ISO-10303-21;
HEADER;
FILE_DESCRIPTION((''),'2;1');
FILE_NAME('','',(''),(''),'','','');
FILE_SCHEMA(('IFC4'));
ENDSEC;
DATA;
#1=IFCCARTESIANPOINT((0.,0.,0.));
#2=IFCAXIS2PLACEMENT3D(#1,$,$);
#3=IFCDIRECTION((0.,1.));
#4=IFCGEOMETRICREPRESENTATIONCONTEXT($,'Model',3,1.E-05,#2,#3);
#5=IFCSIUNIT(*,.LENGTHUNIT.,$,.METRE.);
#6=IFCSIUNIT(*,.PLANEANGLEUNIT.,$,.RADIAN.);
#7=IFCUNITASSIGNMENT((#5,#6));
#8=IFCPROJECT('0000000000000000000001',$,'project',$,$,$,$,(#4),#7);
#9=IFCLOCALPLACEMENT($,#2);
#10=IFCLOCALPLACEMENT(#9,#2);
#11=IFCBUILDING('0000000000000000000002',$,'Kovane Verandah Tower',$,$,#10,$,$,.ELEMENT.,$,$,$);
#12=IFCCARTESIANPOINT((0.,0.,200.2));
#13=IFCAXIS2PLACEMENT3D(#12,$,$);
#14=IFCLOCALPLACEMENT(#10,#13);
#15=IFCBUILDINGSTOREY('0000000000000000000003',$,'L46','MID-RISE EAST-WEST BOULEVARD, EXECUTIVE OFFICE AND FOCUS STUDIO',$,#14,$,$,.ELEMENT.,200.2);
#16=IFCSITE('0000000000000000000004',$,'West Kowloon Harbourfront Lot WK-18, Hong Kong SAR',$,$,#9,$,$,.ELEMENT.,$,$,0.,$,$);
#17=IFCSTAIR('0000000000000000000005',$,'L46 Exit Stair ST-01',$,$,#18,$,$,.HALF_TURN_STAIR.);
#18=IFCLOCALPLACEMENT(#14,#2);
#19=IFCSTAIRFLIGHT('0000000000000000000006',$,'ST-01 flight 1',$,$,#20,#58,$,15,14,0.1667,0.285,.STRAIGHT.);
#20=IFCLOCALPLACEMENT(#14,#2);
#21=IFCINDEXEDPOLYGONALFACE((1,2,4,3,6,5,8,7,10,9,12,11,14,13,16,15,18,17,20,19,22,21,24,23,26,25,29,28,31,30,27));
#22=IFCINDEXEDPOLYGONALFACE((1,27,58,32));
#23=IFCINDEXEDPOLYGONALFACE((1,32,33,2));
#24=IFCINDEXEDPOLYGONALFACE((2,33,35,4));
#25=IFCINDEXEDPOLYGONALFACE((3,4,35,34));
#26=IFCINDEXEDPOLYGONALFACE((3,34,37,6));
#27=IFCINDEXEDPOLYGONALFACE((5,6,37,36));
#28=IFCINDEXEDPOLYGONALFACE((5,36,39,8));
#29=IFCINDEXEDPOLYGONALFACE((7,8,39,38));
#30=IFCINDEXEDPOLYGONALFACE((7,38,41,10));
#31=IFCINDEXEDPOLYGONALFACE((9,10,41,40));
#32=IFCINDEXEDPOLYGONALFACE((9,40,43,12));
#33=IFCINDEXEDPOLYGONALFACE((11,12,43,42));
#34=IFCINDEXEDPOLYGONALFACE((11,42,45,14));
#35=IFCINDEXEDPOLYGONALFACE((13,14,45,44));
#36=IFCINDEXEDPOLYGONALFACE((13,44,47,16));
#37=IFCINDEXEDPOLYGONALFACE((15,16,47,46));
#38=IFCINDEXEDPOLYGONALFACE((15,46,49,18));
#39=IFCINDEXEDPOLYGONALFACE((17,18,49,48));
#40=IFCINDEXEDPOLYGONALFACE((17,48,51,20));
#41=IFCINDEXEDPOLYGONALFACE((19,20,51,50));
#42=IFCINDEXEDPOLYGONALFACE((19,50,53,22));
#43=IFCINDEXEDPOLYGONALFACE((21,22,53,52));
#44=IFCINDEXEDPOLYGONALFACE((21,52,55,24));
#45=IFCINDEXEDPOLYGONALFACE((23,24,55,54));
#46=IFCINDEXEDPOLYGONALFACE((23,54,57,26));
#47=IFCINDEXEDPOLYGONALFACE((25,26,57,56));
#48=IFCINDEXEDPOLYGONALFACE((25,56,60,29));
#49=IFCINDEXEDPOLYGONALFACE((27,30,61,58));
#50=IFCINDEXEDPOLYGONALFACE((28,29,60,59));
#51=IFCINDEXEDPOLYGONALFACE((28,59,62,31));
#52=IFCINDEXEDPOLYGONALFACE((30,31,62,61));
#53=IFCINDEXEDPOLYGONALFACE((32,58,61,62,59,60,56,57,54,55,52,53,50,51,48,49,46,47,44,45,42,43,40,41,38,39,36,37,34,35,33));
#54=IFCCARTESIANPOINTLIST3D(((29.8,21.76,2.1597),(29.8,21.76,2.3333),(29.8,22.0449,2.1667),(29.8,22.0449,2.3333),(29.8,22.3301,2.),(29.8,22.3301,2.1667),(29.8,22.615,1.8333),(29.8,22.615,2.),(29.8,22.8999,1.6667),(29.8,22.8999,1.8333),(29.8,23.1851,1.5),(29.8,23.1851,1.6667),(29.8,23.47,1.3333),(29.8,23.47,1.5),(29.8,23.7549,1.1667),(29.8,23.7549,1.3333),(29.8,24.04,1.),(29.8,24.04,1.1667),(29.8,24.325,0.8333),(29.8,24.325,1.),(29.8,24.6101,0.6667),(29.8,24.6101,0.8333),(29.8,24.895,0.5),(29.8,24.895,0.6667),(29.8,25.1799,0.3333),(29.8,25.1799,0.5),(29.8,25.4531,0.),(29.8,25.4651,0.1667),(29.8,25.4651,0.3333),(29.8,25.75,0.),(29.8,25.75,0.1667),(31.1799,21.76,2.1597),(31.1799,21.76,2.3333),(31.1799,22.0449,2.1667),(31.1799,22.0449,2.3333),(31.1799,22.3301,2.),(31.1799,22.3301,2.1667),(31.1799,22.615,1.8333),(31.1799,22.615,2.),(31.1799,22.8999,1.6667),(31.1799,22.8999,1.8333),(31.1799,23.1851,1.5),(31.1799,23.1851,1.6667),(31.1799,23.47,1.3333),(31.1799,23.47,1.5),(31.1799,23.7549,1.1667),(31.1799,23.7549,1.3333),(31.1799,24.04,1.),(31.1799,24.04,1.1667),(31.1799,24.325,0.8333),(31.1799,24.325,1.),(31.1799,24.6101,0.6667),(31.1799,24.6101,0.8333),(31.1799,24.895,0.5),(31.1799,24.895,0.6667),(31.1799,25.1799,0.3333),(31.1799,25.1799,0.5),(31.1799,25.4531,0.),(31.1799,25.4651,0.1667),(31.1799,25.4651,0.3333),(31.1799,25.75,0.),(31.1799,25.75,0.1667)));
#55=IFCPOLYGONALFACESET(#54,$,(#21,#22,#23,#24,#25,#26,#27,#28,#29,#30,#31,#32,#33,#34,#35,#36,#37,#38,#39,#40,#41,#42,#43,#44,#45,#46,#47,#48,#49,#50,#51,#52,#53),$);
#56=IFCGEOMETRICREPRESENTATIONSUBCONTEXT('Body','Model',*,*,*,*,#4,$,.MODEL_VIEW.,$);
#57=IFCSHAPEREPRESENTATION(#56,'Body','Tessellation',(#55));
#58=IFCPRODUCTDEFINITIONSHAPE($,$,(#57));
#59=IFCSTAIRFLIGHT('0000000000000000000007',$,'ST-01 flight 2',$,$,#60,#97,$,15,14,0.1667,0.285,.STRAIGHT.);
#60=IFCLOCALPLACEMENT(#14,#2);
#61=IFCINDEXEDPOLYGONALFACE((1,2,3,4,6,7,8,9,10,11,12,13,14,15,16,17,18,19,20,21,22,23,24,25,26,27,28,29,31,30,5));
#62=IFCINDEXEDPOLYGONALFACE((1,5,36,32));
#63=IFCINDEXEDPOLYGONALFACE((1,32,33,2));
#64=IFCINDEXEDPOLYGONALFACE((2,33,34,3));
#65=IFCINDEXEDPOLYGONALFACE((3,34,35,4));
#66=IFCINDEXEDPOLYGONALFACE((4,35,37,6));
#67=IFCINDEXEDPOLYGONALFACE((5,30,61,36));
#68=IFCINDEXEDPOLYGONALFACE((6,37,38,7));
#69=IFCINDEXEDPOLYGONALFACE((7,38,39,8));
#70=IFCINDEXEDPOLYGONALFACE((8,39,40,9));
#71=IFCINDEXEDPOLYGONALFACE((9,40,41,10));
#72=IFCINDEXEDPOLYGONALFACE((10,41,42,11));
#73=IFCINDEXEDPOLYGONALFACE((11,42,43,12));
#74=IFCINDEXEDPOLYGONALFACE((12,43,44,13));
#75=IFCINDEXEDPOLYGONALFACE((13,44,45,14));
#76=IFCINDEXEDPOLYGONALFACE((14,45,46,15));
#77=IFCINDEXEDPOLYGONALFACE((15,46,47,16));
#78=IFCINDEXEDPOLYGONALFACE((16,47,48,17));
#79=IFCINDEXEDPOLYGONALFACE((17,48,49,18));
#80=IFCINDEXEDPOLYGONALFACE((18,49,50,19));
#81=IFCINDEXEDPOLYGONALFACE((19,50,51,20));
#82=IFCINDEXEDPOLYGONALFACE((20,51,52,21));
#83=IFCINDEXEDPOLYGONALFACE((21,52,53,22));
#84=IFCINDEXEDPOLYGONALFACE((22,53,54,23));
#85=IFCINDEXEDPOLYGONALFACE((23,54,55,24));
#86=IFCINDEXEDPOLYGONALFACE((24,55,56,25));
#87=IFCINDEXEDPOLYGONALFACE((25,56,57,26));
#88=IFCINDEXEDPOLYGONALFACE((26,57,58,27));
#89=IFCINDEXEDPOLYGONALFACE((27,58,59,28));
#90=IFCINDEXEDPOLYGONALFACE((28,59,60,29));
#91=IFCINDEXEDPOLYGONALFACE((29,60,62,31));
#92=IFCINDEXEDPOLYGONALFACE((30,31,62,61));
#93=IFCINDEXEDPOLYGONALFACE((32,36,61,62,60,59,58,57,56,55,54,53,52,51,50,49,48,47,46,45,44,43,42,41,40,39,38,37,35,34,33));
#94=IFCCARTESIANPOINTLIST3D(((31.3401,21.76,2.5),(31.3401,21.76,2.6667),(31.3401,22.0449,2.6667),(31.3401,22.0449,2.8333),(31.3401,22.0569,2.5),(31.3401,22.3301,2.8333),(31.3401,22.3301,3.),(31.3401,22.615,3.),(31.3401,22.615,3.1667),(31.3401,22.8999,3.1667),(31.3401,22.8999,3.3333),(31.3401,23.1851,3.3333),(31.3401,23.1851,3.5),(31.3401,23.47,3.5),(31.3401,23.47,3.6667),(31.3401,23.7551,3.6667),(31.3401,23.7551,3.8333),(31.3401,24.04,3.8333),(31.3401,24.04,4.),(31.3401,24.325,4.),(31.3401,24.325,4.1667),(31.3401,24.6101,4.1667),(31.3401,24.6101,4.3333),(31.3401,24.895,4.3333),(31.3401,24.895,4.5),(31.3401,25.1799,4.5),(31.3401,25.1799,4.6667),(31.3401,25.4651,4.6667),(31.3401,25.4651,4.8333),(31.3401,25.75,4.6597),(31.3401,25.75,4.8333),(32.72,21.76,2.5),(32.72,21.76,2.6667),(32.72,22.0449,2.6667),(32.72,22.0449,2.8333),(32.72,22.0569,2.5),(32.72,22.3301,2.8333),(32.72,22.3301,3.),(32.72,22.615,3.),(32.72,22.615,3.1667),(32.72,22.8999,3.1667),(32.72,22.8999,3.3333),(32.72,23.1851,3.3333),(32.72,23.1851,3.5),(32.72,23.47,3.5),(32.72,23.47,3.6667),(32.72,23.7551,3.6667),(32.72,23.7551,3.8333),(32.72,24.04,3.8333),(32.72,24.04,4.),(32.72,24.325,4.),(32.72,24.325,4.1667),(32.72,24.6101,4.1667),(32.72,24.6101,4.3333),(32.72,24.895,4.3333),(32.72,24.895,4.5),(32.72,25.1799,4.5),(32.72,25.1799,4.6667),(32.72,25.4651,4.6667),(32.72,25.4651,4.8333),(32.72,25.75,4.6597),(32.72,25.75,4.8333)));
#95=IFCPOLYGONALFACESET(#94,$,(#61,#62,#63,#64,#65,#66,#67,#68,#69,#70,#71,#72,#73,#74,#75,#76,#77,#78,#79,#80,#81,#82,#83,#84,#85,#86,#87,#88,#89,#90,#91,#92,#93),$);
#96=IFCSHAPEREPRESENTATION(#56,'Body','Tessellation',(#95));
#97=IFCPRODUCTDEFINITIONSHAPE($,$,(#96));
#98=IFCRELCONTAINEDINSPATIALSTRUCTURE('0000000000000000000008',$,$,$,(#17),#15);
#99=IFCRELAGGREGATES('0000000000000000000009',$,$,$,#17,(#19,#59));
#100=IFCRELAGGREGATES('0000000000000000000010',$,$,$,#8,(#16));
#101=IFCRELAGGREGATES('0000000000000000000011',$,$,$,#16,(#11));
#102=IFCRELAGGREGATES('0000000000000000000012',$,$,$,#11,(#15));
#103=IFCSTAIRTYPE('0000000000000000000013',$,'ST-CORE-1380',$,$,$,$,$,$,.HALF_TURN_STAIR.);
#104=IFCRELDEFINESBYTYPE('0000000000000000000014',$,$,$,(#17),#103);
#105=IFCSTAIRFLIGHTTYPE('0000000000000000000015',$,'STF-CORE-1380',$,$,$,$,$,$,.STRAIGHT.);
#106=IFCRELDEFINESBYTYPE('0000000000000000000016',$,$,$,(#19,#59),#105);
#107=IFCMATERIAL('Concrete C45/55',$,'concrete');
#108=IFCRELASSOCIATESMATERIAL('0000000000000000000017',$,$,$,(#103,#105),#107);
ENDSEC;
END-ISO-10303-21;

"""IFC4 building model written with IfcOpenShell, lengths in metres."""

from ifc_helpers import new_model, si_unit, direction, frame, origin, place, context, subcontext, project, spatial, polyline, outline, extrude, material, type_object, element, aggregate, save


model = new_model("IFC4")

# Units and contexts
model_context = context("Model", 3, precision=1e-05, world=origin(), true_north=direction((0.0, 1.0)))
body_context = subcontext(model_context, "Body", "Model", "MODEL_VIEW")
ifc_project = project(units=[si_unit("LENGTHUNIT", "METRE"), si_unit("PLANEANGLEUNIT", "RADIAN")], contexts=[model_context])

# Site, building, storey
site_placement = place(None, origin())
site = spatial("IfcSite", under=ifc_project, at=site_placement, Name="West Kowloon Harbourfront Lot WK-18, Hong Kong SAR", CompositionType="ELEMENT", RefElevation=0.0)
building_placement = place(site_placement, origin())
building = spatial("IfcBuilding", under=site, at=building_placement, Name="Kovane Verandah Tower", CompositionType="ELEMENT")
storey_placement = place(building_placement, frame((0.0, 0.0, 200.2)))
storey = spatial("IfcBuildingStorey", under=building, at=storey_placement, Name="L46", Description="MID-RISE EAST-WEST BOULEVARD, EXECUTIVE OFFICE AND FOCUS STUDIO", CompositionType="ELEMENT", Elevation=200.2)

# Shared definitions
ifc_material_1 = material(Name="Concrete C45/55", Category="concrete")

# Stair, stair flights
stair_type = type_object("IfcStairType", Name="ST-CORE-1380", PredefinedType="HALF_TURN_STAIR", material=ifc_material_1)
stair_placement = place(storey_placement, origin())
stair = element("IfcStair", 1, at=stair_placement, inside=storey, type_object=stair_type, Name="L46 Exit Stair ST-01", PredefinedType="HALF_TURN_STAIR")
stair_flight_type = type_object("IfcStairFlightType", Name="STF-CORE-1380", PredefinedType="STRAIGHT", material=ifc_material_1)
stair_flight_1_placement = place(storey_placement, frame((30.49, 25.75, 0.0), z_axis=(0.0, 0.0, 1.0), x_axis=(0.0, -1.0, 0.0)))
stair_flight_1 = element("IfcStairFlight", 2, at=stair_flight_1_placement, type_object=stair_flight_type, Name="ST-01 flight 1", NumberOfRisers=15, NumberOfTreads=14, PredefinedType="STRAIGHT", RiserHeight=0.1667, TreadLength=0.285, context=body_context, shape_type="SweptSolid", body=[
    extrude(outline(polyline([(0.0, 0.0), (0.0, 0.1667), (0.2849, 0.1667), (0.2849, 0.3333), (0.5701, 0.3333), (0.5701, 0.5), (0.855, 0.5), (0.855, 0.6667), (1.1399, 0.6667), (1.1399, 0.8333), (1.425, 0.8333), (1.425, 1.0), (1.71, 1.0), (1.71, 1.1667), (1.9951, 1.1667), (1.9951, 1.3333), (2.28, 1.3333), (2.28, 1.5), (2.5649, 1.5), (2.5649, 1.6667), (2.8501, 1.6667), (2.8501, 1.8333), (3.135, 1.8333), (3.135, 2.0), (3.4199, 2.0), (3.4199, 2.1667), (3.7051, 2.1667), (3.7051, 2.3333), (3.99, 2.3333), (3.99, 2.5), (3.99, 2.1597), (0.2969, 0.0), (0.0, 0.0)])), frame((0.0, 0.6899, 0.0), z_axis=(0.0, -1.0, 0.0), x_axis=(1.0, 0.0, 0.0)), (0.0, 0.0, 1.0), 1.3799),
])
stair_flight_2_placement = place(storey_placement, frame((32.03, 21.76, 2.5), z_axis=(0.0, 0.0, 1.0), x_axis=(0.0, 1.0, 0.0)))
stair_flight_2 = element("IfcStairFlight", 3, at=stair_flight_2_placement, type_object=stair_flight_type, Name="ST-01 flight 2", NumberOfRisers=15, NumberOfTreads=14, PredefinedType="STRAIGHT", RiserHeight=0.1667, TreadLength=0.285, context=body_context, shape_type="SweptSolid", body=[
    extrude(outline(polyline([(0.0, 0.0), (0.0, 0.1667), (0.2849, 0.1667), (0.2849, 0.3333), (0.5701, 0.3333), (0.5701, 0.5), (0.855, 0.5), (0.855, 0.6667), (1.1399, 0.6667), (1.1399, 0.8333), (1.425, 0.8333), (1.425, 1.0), (1.71, 1.0), (1.71, 1.1667), (1.9951, 1.1667), (1.9951, 1.3333), (2.28, 1.3333), (2.28, 1.5), (2.5649, 1.5), (2.5649, 1.6667), (2.8501, 1.6667), (2.8501, 1.8333), (3.135, 1.8333), (3.135, 2.0), (3.4199, 2.0), (3.4199, 2.1667), (3.7051, 2.1667), (3.7051, 2.3333), (3.99, 2.3333), (3.99, 2.5), (3.99, 2.1597), (0.2969, 0.0), (0.0, 0.0)])), frame((0.0, 0.6899, 0.0), z_axis=(0.0, -1.0, 0.0), x_axis=(1.0, 0.0, 0.0)), (0.0, 0.0, 1.0), 1.3799),
])
aggregate(stair, [stair_flight_1, stair_flight_2])

save(model, "model.ifc")
